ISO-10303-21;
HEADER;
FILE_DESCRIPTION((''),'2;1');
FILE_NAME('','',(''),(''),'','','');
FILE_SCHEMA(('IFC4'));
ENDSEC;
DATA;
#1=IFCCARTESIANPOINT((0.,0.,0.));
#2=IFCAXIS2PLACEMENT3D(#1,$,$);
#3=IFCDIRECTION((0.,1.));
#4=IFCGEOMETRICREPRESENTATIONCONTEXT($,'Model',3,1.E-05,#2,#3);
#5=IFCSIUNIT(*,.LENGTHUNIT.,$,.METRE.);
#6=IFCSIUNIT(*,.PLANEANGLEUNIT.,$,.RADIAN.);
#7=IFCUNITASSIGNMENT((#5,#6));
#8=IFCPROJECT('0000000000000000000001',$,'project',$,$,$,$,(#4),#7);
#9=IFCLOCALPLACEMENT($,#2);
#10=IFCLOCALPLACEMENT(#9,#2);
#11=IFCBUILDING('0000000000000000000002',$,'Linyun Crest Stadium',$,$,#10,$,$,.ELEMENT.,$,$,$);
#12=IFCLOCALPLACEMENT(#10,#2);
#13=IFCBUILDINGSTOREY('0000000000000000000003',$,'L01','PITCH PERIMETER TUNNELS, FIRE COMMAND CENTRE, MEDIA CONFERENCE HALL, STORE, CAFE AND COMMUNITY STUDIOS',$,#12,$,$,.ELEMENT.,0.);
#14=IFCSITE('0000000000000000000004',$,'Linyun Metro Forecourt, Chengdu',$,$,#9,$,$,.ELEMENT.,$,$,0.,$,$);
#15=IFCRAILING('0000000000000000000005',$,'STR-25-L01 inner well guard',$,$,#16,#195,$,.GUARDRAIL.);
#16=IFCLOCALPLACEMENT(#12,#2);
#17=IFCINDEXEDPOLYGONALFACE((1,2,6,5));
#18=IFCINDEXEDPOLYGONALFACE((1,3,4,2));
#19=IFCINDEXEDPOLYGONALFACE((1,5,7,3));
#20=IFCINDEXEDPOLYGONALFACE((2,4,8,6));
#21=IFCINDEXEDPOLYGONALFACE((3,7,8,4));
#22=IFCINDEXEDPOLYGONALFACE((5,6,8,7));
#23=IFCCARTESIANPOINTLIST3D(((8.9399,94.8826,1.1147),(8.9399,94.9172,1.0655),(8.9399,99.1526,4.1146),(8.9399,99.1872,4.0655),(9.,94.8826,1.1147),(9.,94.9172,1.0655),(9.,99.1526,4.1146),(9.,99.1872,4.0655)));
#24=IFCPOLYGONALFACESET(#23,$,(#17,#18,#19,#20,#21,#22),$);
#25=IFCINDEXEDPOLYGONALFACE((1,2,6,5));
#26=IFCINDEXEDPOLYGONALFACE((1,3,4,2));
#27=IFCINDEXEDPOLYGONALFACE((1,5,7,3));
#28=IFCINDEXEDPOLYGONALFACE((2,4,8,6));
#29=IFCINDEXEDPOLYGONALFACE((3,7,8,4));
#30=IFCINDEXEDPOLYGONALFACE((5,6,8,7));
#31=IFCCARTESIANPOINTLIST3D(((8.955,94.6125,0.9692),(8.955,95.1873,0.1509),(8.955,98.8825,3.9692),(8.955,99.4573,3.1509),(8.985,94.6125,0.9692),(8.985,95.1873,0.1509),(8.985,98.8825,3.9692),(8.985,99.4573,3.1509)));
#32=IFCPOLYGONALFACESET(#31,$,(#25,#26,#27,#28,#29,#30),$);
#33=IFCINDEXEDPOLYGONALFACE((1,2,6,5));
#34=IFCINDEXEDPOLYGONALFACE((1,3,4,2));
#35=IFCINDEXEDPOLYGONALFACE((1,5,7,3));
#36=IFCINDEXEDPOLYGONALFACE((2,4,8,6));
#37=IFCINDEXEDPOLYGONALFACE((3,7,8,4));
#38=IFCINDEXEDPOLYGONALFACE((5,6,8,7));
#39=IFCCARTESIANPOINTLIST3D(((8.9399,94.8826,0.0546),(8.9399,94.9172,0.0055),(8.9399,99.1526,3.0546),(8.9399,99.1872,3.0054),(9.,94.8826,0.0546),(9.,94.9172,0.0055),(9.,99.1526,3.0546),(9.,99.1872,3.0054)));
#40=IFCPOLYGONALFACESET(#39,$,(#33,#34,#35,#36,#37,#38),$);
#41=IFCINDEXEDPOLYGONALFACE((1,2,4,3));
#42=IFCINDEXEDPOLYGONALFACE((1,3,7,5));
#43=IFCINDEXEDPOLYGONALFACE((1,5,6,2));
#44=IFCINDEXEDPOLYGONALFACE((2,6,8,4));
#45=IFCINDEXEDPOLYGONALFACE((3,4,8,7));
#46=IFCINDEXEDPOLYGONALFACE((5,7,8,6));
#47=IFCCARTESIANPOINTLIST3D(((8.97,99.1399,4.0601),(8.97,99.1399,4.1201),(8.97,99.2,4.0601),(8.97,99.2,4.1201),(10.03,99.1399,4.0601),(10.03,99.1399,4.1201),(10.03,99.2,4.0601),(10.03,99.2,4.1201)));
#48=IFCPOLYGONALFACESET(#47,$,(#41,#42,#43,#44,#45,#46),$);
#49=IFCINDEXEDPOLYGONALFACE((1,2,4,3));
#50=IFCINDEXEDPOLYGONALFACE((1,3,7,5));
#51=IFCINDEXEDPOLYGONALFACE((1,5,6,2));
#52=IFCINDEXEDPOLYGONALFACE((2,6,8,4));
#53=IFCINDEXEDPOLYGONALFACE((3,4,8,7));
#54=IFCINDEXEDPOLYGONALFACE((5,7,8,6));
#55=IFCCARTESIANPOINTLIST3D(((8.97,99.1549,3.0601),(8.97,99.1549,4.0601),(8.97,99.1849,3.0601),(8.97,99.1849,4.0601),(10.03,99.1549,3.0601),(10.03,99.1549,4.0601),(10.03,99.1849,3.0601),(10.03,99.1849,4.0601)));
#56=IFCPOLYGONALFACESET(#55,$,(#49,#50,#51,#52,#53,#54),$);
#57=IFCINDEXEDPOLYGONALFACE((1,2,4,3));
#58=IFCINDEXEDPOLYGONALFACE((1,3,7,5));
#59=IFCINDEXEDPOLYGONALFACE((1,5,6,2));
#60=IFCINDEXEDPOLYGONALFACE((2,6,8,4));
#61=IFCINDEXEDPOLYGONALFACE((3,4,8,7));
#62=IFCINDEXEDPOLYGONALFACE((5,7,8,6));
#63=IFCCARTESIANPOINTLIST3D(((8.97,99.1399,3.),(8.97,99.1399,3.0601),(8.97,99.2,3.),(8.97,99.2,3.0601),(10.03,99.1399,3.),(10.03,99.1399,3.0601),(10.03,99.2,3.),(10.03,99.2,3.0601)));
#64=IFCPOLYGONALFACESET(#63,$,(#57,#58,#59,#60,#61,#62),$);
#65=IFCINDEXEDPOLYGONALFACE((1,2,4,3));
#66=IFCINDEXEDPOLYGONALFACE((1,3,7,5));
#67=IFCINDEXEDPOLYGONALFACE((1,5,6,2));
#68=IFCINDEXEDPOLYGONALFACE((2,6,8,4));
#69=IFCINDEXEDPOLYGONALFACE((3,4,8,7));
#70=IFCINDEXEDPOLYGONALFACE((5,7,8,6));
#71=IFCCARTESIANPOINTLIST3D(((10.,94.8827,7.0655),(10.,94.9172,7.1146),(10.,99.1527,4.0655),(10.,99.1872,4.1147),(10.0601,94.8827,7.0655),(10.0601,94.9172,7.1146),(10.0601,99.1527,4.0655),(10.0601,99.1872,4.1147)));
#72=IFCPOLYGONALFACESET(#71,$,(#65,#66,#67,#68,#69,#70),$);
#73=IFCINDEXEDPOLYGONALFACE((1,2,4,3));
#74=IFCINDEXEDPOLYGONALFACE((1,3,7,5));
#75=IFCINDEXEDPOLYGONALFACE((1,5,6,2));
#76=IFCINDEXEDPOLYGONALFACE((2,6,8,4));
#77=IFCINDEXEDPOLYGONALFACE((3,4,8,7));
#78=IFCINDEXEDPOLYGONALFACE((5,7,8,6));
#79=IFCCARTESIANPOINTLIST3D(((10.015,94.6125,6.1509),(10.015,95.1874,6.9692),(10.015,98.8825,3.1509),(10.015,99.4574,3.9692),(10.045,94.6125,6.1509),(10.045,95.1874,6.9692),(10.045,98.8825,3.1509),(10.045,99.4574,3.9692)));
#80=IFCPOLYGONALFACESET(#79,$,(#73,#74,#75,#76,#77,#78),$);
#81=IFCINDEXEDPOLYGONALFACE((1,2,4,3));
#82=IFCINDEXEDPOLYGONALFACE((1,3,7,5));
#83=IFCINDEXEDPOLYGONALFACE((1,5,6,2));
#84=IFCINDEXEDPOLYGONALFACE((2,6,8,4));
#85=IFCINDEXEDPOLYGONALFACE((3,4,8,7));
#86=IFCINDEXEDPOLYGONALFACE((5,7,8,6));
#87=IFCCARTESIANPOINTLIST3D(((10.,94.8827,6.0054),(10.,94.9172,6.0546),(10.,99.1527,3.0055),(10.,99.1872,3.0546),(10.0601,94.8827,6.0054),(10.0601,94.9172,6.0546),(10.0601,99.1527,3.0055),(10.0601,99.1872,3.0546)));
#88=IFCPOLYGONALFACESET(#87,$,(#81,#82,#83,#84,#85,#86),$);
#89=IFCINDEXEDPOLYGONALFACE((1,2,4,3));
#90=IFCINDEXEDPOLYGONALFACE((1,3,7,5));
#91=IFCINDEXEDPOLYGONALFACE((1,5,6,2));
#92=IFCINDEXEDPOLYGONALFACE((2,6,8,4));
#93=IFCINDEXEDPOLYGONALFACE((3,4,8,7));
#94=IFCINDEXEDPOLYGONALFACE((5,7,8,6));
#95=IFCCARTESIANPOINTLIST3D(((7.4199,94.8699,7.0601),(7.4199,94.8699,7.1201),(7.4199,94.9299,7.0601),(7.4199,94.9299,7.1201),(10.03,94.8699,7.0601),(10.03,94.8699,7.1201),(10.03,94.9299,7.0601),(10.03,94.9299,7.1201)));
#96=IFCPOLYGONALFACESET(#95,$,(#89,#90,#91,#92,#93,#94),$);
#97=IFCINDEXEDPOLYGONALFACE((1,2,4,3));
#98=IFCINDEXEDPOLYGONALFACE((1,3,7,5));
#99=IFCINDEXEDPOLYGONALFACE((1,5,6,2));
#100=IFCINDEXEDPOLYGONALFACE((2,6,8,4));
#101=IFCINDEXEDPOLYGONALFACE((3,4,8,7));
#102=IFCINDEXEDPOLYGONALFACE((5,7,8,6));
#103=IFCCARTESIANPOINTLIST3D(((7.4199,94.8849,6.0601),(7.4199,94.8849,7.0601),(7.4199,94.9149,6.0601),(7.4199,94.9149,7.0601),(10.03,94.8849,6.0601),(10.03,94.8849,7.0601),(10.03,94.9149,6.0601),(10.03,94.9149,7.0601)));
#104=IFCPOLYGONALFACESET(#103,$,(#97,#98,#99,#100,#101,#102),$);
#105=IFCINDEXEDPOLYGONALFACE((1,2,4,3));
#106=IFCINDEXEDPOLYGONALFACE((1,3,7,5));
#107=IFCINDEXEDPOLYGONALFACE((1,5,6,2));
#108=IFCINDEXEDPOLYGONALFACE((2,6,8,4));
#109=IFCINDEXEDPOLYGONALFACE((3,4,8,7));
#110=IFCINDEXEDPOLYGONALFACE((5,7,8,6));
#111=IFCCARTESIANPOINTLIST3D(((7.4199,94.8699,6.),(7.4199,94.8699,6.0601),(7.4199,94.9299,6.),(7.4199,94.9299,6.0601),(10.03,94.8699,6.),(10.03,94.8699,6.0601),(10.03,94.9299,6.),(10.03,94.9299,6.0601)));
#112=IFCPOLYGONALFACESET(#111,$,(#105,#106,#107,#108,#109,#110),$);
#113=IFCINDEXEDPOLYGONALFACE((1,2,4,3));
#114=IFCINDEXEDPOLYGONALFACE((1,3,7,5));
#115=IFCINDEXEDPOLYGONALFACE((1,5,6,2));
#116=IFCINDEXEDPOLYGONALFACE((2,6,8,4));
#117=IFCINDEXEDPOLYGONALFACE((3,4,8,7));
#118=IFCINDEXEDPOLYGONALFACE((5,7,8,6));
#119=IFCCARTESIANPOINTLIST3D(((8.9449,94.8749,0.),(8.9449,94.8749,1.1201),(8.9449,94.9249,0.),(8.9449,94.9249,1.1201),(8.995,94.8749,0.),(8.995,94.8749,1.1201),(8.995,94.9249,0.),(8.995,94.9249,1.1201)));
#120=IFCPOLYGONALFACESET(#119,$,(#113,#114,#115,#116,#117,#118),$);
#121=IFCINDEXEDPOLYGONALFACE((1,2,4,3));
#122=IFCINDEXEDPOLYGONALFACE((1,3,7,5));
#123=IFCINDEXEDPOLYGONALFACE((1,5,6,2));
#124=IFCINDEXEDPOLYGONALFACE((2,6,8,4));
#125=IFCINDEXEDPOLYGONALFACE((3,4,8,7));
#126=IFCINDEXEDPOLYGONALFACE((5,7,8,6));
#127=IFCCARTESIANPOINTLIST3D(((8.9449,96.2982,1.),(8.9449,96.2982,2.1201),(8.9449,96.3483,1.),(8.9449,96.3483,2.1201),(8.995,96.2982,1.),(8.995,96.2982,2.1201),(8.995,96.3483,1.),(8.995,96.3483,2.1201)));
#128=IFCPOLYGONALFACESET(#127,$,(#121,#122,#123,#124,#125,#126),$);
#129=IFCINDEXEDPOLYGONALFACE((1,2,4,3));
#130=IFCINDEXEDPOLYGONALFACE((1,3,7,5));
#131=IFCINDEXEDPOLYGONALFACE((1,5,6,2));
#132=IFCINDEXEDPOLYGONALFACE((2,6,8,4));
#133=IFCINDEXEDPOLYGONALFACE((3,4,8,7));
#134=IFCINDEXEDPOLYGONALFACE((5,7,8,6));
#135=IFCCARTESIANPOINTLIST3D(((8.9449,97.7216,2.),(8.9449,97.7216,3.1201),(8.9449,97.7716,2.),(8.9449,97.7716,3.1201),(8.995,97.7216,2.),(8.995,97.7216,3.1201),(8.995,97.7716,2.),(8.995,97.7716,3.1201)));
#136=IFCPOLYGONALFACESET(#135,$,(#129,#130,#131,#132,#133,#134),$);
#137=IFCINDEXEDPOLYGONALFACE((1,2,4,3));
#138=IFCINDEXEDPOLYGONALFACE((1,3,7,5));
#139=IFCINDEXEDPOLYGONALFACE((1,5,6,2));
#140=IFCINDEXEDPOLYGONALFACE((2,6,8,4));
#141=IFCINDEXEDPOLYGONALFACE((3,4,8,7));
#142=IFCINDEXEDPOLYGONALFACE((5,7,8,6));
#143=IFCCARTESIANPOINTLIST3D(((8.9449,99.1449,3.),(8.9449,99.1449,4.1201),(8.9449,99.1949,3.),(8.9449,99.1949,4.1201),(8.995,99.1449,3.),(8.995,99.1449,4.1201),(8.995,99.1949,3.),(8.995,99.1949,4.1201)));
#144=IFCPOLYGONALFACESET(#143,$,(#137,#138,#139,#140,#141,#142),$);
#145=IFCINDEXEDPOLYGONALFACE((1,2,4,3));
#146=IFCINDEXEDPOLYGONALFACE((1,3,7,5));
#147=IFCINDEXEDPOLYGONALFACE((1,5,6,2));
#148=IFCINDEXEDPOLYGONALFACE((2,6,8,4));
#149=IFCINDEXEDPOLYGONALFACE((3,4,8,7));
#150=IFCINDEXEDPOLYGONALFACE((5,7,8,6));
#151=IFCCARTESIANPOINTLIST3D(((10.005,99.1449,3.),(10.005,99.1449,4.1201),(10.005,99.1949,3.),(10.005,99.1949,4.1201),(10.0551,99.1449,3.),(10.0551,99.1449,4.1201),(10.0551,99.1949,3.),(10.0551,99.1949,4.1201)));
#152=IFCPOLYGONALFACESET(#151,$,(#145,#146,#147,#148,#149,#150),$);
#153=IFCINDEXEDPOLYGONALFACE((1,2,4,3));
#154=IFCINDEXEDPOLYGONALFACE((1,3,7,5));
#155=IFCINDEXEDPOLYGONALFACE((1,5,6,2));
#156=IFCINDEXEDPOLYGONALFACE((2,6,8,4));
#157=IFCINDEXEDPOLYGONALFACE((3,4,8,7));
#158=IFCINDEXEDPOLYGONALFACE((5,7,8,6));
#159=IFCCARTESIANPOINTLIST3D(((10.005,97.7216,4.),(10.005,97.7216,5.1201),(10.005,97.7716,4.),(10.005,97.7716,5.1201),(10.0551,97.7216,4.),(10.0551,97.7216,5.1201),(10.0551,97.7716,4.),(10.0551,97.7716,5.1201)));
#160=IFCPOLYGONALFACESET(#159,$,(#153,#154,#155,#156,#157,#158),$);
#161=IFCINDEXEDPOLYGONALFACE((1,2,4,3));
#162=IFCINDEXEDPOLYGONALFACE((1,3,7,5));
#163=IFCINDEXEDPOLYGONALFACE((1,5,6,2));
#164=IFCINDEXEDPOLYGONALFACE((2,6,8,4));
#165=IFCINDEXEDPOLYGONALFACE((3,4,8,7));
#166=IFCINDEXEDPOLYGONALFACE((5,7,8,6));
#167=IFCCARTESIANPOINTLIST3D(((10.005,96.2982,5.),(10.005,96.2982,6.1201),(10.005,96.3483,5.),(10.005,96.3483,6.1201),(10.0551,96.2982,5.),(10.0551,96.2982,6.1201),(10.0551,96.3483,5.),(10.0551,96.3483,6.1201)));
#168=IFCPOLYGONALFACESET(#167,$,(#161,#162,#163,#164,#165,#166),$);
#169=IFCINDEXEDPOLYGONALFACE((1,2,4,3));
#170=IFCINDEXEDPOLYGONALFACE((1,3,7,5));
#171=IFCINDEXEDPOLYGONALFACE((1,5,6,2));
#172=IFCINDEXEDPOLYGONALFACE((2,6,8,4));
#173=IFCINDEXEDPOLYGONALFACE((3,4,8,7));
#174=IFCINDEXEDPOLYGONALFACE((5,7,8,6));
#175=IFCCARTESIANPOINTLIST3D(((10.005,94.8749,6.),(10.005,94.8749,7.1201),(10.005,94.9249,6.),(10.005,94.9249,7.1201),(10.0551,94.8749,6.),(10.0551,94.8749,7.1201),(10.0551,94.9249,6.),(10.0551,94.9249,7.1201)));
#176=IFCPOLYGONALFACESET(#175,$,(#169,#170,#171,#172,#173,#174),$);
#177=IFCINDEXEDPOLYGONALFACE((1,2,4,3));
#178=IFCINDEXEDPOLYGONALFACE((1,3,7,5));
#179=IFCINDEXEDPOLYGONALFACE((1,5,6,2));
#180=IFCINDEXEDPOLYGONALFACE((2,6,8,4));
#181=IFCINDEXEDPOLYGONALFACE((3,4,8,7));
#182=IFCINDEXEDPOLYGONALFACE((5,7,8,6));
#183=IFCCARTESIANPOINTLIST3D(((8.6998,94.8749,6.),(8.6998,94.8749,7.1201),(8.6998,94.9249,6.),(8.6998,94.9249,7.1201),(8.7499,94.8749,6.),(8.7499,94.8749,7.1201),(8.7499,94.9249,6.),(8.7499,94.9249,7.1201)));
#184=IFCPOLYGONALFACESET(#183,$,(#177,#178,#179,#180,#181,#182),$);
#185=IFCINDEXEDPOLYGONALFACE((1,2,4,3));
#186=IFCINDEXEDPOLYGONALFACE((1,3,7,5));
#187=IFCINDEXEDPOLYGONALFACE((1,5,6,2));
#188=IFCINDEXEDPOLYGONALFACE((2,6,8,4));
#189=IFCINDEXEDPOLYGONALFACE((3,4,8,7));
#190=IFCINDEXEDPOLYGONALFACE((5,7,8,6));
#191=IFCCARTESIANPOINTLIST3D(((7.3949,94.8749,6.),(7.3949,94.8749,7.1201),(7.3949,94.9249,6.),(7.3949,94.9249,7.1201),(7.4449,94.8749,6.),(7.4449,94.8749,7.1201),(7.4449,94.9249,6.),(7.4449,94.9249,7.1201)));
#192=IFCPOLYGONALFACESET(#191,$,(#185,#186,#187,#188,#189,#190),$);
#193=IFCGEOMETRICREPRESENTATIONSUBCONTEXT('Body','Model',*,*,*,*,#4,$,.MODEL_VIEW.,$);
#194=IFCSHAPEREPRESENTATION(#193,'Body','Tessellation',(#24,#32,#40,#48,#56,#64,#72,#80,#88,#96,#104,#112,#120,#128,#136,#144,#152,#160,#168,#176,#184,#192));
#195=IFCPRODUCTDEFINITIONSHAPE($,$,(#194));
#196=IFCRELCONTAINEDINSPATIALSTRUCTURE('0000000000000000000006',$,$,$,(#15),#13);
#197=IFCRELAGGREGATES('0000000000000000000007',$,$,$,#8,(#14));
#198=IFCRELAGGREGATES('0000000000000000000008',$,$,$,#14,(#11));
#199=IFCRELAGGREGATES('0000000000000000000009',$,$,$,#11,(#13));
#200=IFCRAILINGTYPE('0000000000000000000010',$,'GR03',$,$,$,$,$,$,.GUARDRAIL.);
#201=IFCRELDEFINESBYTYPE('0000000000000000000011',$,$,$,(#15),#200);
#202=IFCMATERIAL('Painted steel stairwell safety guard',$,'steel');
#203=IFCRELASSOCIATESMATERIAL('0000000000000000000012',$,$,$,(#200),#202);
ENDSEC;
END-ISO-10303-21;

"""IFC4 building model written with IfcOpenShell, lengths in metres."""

from ifc_helpers import new_model, si_unit, direction, frame, origin, origin_2d, place, context, subcontext, project, spatial, rectangle, extrude, material, type_object, element, save


model = new_model("IFC4")

# Units and contexts
model_context = context("Model", 3, precision=1e-05, world=origin(), true_north=direction((0.0, 1.0)))
body_context = subcontext(model_context, "Body", "Model", "MODEL_VIEW")
ifc_project = project(units=[si_unit("LENGTHUNIT", "METRE"), si_unit("PLANEANGLEUNIT", "RADIAN")], contexts=[model_context])

# Site, building, storey
site_placement = place(None, origin())
site = spatial("IfcSite", under=ifc_project, at=site_placement, Name="Linyun Metro Forecourt, Chengdu", CompositionType="ELEMENT", RefElevation=0.0)
building_placement = place(site_placement, origin())
building = spatial("IfcBuilding", under=site, at=building_placement, Name="Linyun Crest Stadium", CompositionType="ELEMENT")
storey_placement = place(building_placement, origin())
storey = spatial("IfcBuildingStorey", under=building, at=storey_placement, Name="L01", Description="PITCH PERIMETER TUNNELS, FIRE COMMAND CENTRE, MEDIA CONFERENCE HALL, STORE, CAFE AND COMMUNITY STUDIOS", CompositionType="ELEMENT", Elevation=0.0)

# Railing
ifc_material_1 = material(Name="Painted steel stairwell safety guard", Category="steel")
railing_type_1 = type_object("IfcRailingType", Name="GR03", PredefinedType="GUARDRAIL", material=ifc_material_1)
railing_1_placement = place(storey_placement, frame((8.97, 94.8999, 0.0)))
element("IfcRailing", 1, at=railing_1_placement, inside=storey, type_object=railing_type_1, Name="STR-25-L01 inner well guard", PredefinedType="GUARDRAIL", context=body_context, shape_type="SweptSolid", body=[
    extrude(rectangle(XDim=0.0601, YDim=0.0601, at=origin_2d()), frame((0.0, 0.0, 1.0901), z_axis=(0.0, 0.818242, 0.574874), x_axis=(-1.0, 0.0, 0.0)), (0.0, 0.0, 1.0), 5.2185),
    extrude(rectangle(XDim=0.03, YDim=1.0, at=origin_2d()), frame((0.0, 0.0, 0.5601), z_axis=(0.0, 0.818242, 0.574874), x_axis=(-1.0, 0.0, 0.0)), (0.0, 0.0, 1.0), 5.2185),
    extrude(rectangle(XDim=0.0601, YDim=0.0601, at=origin_2d()), frame((0.0, 0.0, 0.03), z_axis=(0.0, 0.818242, 0.574874), x_axis=(-1.0, 0.0, 0.0)), (0.0, 0.0, 1.0), 5.2185),
    extrude(rectangle(XDim=0.0601, YDim=0.0601, at=origin_2d()), frame((0.0, 4.27, 4.0901), z_axis=(1.0, 0.0, 0.0), x_axis=(0.0, 1.0, 0.0)), (0.0, 0.0, 1.0), 1.0601),
    extrude(rectangle(XDim=0.03, YDim=1.0, at=origin_2d()), frame((0.0, 4.27, 3.5601), z_axis=(1.0, 0.0, 0.0), x_axis=(0.0, 1.0, 0.0)), (0.0, 0.0, 1.0), 1.0601),
    extrude(rectangle(XDim=0.0601, YDim=0.0601, at=origin_2d()), frame((0.0, 4.27, 3.03), z_axis=(1.0, 0.0, 0.0), x_axis=(0.0, 1.0, 0.0)), (0.0, 0.0, 1.0), 1.0601),
    extrude(rectangle(XDim=0.0601, YDim=0.0601, at=origin_2d()), frame((1.0601, 4.27, 4.0901), z_axis=(0.0, -0.818242, 0.574874), x_axis=(1.0, 0.0, 0.0)), (0.0, 0.0, 1.0), 5.2185),
    extrude(rectangle(XDim=0.03, YDim=1.0, at=origin_2d()), frame((1.0601, 4.27, 3.5601), z_axis=(0.0, -0.818242, 0.574874), x_axis=(1.0, 0.0, 0.0)), (0.0, 0.0, 1.0), 5.2185),
    extrude(rectangle(XDim=0.0601, YDim=0.0601, at=origin_2d()), frame((1.0601, 4.27, 3.03), z_axis=(0.0, -0.818242, 0.574874), x_axis=(1.0, 0.0, 0.0)), (0.0, 0.0, 1.0), 5.2185),
    extrude(rectangle(XDim=0.0601, YDim=0.0601, at=origin_2d()), frame((1.0601, 0.0, 7.0901), z_axis=(-1.0, 0.0, 0.0), x_axis=(0.0, -1.0, 0.0)), (0.0, 0.0, 1.0), 2.6101),
    extrude(rectangle(XDim=0.03, YDim=1.0, at=origin_2d()), frame((1.0601, 0.0, 6.5601), z_axis=(-1.0, 0.0, 0.0), x_axis=(0.0, -1.0, 0.0)), (0.0, 0.0, 1.0), 2.6101),
    extrude(rectangle(XDim=0.0601, YDim=0.0601, at=origin_2d()), frame((1.0601, 0.0, 6.03), z_axis=(-1.0, 0.0, 0.0), x_axis=(0.0, -1.0, 0.0)), (0.0, 0.0, 1.0), 2.6101),
    extrude(rectangle(XDim=0.05, YDim=0.05, at=origin_2d()), origin(), (0.0, 0.0, 1.0), 1.1201),
    extrude(rectangle(XDim=0.05, YDim=0.05, at=origin_2d()), frame((0.0, 1.4233, 1.0)), (0.0, 0.0, 1.0), 1.1201),
    extrude(rectangle(XDim=0.05, YDim=0.05, at=origin_2d()), frame((0.0, 2.8467, 2.0)), (0.0, 0.0, 1.0), 1.1201),
    extrude(rectangle(XDim=0.05, YDim=0.05, at=origin_2d()), frame((0.0, 4.27, 3.0)), (0.0, 0.0, 1.0), 1.1201),
    extrude(rectangle(XDim=0.05, YDim=0.05, at=origin_2d()), frame((1.0601, 4.27, 3.0)), (0.0, 0.0, 1.0), 1.1201),
    extrude(rectangle(XDim=0.05, YDim=0.05, at=origin_2d()), frame((1.0601, 2.8467, 4.0)), (0.0, 0.0, 1.0), 1.1201),
    extrude(rectangle(XDim=0.05, YDim=0.05, at=origin_2d()), frame((1.0601, 1.4233, 5.0)), (0.0, 0.0, 1.0), 1.1201),
    extrude(rectangle(XDim=0.05, YDim=0.05, at=origin_2d()), frame((1.0601, 0.0, 6.0)), (0.0, 0.0, 1.0), 1.1201),
    extrude(rectangle(XDim=0.05, YDim=0.05, at=origin_2d()), frame((-0.2451, 0.0, 6.0)), (0.0, 0.0, 1.0), 1.1201),
    extrude(rectangle(XDim=0.05, YDim=0.05, at=origin_2d()), frame((-1.55, 0.0, 6.0)), (0.0, 0.0, 1.0), 1.1201),
])

save(model, "model.ifc")
